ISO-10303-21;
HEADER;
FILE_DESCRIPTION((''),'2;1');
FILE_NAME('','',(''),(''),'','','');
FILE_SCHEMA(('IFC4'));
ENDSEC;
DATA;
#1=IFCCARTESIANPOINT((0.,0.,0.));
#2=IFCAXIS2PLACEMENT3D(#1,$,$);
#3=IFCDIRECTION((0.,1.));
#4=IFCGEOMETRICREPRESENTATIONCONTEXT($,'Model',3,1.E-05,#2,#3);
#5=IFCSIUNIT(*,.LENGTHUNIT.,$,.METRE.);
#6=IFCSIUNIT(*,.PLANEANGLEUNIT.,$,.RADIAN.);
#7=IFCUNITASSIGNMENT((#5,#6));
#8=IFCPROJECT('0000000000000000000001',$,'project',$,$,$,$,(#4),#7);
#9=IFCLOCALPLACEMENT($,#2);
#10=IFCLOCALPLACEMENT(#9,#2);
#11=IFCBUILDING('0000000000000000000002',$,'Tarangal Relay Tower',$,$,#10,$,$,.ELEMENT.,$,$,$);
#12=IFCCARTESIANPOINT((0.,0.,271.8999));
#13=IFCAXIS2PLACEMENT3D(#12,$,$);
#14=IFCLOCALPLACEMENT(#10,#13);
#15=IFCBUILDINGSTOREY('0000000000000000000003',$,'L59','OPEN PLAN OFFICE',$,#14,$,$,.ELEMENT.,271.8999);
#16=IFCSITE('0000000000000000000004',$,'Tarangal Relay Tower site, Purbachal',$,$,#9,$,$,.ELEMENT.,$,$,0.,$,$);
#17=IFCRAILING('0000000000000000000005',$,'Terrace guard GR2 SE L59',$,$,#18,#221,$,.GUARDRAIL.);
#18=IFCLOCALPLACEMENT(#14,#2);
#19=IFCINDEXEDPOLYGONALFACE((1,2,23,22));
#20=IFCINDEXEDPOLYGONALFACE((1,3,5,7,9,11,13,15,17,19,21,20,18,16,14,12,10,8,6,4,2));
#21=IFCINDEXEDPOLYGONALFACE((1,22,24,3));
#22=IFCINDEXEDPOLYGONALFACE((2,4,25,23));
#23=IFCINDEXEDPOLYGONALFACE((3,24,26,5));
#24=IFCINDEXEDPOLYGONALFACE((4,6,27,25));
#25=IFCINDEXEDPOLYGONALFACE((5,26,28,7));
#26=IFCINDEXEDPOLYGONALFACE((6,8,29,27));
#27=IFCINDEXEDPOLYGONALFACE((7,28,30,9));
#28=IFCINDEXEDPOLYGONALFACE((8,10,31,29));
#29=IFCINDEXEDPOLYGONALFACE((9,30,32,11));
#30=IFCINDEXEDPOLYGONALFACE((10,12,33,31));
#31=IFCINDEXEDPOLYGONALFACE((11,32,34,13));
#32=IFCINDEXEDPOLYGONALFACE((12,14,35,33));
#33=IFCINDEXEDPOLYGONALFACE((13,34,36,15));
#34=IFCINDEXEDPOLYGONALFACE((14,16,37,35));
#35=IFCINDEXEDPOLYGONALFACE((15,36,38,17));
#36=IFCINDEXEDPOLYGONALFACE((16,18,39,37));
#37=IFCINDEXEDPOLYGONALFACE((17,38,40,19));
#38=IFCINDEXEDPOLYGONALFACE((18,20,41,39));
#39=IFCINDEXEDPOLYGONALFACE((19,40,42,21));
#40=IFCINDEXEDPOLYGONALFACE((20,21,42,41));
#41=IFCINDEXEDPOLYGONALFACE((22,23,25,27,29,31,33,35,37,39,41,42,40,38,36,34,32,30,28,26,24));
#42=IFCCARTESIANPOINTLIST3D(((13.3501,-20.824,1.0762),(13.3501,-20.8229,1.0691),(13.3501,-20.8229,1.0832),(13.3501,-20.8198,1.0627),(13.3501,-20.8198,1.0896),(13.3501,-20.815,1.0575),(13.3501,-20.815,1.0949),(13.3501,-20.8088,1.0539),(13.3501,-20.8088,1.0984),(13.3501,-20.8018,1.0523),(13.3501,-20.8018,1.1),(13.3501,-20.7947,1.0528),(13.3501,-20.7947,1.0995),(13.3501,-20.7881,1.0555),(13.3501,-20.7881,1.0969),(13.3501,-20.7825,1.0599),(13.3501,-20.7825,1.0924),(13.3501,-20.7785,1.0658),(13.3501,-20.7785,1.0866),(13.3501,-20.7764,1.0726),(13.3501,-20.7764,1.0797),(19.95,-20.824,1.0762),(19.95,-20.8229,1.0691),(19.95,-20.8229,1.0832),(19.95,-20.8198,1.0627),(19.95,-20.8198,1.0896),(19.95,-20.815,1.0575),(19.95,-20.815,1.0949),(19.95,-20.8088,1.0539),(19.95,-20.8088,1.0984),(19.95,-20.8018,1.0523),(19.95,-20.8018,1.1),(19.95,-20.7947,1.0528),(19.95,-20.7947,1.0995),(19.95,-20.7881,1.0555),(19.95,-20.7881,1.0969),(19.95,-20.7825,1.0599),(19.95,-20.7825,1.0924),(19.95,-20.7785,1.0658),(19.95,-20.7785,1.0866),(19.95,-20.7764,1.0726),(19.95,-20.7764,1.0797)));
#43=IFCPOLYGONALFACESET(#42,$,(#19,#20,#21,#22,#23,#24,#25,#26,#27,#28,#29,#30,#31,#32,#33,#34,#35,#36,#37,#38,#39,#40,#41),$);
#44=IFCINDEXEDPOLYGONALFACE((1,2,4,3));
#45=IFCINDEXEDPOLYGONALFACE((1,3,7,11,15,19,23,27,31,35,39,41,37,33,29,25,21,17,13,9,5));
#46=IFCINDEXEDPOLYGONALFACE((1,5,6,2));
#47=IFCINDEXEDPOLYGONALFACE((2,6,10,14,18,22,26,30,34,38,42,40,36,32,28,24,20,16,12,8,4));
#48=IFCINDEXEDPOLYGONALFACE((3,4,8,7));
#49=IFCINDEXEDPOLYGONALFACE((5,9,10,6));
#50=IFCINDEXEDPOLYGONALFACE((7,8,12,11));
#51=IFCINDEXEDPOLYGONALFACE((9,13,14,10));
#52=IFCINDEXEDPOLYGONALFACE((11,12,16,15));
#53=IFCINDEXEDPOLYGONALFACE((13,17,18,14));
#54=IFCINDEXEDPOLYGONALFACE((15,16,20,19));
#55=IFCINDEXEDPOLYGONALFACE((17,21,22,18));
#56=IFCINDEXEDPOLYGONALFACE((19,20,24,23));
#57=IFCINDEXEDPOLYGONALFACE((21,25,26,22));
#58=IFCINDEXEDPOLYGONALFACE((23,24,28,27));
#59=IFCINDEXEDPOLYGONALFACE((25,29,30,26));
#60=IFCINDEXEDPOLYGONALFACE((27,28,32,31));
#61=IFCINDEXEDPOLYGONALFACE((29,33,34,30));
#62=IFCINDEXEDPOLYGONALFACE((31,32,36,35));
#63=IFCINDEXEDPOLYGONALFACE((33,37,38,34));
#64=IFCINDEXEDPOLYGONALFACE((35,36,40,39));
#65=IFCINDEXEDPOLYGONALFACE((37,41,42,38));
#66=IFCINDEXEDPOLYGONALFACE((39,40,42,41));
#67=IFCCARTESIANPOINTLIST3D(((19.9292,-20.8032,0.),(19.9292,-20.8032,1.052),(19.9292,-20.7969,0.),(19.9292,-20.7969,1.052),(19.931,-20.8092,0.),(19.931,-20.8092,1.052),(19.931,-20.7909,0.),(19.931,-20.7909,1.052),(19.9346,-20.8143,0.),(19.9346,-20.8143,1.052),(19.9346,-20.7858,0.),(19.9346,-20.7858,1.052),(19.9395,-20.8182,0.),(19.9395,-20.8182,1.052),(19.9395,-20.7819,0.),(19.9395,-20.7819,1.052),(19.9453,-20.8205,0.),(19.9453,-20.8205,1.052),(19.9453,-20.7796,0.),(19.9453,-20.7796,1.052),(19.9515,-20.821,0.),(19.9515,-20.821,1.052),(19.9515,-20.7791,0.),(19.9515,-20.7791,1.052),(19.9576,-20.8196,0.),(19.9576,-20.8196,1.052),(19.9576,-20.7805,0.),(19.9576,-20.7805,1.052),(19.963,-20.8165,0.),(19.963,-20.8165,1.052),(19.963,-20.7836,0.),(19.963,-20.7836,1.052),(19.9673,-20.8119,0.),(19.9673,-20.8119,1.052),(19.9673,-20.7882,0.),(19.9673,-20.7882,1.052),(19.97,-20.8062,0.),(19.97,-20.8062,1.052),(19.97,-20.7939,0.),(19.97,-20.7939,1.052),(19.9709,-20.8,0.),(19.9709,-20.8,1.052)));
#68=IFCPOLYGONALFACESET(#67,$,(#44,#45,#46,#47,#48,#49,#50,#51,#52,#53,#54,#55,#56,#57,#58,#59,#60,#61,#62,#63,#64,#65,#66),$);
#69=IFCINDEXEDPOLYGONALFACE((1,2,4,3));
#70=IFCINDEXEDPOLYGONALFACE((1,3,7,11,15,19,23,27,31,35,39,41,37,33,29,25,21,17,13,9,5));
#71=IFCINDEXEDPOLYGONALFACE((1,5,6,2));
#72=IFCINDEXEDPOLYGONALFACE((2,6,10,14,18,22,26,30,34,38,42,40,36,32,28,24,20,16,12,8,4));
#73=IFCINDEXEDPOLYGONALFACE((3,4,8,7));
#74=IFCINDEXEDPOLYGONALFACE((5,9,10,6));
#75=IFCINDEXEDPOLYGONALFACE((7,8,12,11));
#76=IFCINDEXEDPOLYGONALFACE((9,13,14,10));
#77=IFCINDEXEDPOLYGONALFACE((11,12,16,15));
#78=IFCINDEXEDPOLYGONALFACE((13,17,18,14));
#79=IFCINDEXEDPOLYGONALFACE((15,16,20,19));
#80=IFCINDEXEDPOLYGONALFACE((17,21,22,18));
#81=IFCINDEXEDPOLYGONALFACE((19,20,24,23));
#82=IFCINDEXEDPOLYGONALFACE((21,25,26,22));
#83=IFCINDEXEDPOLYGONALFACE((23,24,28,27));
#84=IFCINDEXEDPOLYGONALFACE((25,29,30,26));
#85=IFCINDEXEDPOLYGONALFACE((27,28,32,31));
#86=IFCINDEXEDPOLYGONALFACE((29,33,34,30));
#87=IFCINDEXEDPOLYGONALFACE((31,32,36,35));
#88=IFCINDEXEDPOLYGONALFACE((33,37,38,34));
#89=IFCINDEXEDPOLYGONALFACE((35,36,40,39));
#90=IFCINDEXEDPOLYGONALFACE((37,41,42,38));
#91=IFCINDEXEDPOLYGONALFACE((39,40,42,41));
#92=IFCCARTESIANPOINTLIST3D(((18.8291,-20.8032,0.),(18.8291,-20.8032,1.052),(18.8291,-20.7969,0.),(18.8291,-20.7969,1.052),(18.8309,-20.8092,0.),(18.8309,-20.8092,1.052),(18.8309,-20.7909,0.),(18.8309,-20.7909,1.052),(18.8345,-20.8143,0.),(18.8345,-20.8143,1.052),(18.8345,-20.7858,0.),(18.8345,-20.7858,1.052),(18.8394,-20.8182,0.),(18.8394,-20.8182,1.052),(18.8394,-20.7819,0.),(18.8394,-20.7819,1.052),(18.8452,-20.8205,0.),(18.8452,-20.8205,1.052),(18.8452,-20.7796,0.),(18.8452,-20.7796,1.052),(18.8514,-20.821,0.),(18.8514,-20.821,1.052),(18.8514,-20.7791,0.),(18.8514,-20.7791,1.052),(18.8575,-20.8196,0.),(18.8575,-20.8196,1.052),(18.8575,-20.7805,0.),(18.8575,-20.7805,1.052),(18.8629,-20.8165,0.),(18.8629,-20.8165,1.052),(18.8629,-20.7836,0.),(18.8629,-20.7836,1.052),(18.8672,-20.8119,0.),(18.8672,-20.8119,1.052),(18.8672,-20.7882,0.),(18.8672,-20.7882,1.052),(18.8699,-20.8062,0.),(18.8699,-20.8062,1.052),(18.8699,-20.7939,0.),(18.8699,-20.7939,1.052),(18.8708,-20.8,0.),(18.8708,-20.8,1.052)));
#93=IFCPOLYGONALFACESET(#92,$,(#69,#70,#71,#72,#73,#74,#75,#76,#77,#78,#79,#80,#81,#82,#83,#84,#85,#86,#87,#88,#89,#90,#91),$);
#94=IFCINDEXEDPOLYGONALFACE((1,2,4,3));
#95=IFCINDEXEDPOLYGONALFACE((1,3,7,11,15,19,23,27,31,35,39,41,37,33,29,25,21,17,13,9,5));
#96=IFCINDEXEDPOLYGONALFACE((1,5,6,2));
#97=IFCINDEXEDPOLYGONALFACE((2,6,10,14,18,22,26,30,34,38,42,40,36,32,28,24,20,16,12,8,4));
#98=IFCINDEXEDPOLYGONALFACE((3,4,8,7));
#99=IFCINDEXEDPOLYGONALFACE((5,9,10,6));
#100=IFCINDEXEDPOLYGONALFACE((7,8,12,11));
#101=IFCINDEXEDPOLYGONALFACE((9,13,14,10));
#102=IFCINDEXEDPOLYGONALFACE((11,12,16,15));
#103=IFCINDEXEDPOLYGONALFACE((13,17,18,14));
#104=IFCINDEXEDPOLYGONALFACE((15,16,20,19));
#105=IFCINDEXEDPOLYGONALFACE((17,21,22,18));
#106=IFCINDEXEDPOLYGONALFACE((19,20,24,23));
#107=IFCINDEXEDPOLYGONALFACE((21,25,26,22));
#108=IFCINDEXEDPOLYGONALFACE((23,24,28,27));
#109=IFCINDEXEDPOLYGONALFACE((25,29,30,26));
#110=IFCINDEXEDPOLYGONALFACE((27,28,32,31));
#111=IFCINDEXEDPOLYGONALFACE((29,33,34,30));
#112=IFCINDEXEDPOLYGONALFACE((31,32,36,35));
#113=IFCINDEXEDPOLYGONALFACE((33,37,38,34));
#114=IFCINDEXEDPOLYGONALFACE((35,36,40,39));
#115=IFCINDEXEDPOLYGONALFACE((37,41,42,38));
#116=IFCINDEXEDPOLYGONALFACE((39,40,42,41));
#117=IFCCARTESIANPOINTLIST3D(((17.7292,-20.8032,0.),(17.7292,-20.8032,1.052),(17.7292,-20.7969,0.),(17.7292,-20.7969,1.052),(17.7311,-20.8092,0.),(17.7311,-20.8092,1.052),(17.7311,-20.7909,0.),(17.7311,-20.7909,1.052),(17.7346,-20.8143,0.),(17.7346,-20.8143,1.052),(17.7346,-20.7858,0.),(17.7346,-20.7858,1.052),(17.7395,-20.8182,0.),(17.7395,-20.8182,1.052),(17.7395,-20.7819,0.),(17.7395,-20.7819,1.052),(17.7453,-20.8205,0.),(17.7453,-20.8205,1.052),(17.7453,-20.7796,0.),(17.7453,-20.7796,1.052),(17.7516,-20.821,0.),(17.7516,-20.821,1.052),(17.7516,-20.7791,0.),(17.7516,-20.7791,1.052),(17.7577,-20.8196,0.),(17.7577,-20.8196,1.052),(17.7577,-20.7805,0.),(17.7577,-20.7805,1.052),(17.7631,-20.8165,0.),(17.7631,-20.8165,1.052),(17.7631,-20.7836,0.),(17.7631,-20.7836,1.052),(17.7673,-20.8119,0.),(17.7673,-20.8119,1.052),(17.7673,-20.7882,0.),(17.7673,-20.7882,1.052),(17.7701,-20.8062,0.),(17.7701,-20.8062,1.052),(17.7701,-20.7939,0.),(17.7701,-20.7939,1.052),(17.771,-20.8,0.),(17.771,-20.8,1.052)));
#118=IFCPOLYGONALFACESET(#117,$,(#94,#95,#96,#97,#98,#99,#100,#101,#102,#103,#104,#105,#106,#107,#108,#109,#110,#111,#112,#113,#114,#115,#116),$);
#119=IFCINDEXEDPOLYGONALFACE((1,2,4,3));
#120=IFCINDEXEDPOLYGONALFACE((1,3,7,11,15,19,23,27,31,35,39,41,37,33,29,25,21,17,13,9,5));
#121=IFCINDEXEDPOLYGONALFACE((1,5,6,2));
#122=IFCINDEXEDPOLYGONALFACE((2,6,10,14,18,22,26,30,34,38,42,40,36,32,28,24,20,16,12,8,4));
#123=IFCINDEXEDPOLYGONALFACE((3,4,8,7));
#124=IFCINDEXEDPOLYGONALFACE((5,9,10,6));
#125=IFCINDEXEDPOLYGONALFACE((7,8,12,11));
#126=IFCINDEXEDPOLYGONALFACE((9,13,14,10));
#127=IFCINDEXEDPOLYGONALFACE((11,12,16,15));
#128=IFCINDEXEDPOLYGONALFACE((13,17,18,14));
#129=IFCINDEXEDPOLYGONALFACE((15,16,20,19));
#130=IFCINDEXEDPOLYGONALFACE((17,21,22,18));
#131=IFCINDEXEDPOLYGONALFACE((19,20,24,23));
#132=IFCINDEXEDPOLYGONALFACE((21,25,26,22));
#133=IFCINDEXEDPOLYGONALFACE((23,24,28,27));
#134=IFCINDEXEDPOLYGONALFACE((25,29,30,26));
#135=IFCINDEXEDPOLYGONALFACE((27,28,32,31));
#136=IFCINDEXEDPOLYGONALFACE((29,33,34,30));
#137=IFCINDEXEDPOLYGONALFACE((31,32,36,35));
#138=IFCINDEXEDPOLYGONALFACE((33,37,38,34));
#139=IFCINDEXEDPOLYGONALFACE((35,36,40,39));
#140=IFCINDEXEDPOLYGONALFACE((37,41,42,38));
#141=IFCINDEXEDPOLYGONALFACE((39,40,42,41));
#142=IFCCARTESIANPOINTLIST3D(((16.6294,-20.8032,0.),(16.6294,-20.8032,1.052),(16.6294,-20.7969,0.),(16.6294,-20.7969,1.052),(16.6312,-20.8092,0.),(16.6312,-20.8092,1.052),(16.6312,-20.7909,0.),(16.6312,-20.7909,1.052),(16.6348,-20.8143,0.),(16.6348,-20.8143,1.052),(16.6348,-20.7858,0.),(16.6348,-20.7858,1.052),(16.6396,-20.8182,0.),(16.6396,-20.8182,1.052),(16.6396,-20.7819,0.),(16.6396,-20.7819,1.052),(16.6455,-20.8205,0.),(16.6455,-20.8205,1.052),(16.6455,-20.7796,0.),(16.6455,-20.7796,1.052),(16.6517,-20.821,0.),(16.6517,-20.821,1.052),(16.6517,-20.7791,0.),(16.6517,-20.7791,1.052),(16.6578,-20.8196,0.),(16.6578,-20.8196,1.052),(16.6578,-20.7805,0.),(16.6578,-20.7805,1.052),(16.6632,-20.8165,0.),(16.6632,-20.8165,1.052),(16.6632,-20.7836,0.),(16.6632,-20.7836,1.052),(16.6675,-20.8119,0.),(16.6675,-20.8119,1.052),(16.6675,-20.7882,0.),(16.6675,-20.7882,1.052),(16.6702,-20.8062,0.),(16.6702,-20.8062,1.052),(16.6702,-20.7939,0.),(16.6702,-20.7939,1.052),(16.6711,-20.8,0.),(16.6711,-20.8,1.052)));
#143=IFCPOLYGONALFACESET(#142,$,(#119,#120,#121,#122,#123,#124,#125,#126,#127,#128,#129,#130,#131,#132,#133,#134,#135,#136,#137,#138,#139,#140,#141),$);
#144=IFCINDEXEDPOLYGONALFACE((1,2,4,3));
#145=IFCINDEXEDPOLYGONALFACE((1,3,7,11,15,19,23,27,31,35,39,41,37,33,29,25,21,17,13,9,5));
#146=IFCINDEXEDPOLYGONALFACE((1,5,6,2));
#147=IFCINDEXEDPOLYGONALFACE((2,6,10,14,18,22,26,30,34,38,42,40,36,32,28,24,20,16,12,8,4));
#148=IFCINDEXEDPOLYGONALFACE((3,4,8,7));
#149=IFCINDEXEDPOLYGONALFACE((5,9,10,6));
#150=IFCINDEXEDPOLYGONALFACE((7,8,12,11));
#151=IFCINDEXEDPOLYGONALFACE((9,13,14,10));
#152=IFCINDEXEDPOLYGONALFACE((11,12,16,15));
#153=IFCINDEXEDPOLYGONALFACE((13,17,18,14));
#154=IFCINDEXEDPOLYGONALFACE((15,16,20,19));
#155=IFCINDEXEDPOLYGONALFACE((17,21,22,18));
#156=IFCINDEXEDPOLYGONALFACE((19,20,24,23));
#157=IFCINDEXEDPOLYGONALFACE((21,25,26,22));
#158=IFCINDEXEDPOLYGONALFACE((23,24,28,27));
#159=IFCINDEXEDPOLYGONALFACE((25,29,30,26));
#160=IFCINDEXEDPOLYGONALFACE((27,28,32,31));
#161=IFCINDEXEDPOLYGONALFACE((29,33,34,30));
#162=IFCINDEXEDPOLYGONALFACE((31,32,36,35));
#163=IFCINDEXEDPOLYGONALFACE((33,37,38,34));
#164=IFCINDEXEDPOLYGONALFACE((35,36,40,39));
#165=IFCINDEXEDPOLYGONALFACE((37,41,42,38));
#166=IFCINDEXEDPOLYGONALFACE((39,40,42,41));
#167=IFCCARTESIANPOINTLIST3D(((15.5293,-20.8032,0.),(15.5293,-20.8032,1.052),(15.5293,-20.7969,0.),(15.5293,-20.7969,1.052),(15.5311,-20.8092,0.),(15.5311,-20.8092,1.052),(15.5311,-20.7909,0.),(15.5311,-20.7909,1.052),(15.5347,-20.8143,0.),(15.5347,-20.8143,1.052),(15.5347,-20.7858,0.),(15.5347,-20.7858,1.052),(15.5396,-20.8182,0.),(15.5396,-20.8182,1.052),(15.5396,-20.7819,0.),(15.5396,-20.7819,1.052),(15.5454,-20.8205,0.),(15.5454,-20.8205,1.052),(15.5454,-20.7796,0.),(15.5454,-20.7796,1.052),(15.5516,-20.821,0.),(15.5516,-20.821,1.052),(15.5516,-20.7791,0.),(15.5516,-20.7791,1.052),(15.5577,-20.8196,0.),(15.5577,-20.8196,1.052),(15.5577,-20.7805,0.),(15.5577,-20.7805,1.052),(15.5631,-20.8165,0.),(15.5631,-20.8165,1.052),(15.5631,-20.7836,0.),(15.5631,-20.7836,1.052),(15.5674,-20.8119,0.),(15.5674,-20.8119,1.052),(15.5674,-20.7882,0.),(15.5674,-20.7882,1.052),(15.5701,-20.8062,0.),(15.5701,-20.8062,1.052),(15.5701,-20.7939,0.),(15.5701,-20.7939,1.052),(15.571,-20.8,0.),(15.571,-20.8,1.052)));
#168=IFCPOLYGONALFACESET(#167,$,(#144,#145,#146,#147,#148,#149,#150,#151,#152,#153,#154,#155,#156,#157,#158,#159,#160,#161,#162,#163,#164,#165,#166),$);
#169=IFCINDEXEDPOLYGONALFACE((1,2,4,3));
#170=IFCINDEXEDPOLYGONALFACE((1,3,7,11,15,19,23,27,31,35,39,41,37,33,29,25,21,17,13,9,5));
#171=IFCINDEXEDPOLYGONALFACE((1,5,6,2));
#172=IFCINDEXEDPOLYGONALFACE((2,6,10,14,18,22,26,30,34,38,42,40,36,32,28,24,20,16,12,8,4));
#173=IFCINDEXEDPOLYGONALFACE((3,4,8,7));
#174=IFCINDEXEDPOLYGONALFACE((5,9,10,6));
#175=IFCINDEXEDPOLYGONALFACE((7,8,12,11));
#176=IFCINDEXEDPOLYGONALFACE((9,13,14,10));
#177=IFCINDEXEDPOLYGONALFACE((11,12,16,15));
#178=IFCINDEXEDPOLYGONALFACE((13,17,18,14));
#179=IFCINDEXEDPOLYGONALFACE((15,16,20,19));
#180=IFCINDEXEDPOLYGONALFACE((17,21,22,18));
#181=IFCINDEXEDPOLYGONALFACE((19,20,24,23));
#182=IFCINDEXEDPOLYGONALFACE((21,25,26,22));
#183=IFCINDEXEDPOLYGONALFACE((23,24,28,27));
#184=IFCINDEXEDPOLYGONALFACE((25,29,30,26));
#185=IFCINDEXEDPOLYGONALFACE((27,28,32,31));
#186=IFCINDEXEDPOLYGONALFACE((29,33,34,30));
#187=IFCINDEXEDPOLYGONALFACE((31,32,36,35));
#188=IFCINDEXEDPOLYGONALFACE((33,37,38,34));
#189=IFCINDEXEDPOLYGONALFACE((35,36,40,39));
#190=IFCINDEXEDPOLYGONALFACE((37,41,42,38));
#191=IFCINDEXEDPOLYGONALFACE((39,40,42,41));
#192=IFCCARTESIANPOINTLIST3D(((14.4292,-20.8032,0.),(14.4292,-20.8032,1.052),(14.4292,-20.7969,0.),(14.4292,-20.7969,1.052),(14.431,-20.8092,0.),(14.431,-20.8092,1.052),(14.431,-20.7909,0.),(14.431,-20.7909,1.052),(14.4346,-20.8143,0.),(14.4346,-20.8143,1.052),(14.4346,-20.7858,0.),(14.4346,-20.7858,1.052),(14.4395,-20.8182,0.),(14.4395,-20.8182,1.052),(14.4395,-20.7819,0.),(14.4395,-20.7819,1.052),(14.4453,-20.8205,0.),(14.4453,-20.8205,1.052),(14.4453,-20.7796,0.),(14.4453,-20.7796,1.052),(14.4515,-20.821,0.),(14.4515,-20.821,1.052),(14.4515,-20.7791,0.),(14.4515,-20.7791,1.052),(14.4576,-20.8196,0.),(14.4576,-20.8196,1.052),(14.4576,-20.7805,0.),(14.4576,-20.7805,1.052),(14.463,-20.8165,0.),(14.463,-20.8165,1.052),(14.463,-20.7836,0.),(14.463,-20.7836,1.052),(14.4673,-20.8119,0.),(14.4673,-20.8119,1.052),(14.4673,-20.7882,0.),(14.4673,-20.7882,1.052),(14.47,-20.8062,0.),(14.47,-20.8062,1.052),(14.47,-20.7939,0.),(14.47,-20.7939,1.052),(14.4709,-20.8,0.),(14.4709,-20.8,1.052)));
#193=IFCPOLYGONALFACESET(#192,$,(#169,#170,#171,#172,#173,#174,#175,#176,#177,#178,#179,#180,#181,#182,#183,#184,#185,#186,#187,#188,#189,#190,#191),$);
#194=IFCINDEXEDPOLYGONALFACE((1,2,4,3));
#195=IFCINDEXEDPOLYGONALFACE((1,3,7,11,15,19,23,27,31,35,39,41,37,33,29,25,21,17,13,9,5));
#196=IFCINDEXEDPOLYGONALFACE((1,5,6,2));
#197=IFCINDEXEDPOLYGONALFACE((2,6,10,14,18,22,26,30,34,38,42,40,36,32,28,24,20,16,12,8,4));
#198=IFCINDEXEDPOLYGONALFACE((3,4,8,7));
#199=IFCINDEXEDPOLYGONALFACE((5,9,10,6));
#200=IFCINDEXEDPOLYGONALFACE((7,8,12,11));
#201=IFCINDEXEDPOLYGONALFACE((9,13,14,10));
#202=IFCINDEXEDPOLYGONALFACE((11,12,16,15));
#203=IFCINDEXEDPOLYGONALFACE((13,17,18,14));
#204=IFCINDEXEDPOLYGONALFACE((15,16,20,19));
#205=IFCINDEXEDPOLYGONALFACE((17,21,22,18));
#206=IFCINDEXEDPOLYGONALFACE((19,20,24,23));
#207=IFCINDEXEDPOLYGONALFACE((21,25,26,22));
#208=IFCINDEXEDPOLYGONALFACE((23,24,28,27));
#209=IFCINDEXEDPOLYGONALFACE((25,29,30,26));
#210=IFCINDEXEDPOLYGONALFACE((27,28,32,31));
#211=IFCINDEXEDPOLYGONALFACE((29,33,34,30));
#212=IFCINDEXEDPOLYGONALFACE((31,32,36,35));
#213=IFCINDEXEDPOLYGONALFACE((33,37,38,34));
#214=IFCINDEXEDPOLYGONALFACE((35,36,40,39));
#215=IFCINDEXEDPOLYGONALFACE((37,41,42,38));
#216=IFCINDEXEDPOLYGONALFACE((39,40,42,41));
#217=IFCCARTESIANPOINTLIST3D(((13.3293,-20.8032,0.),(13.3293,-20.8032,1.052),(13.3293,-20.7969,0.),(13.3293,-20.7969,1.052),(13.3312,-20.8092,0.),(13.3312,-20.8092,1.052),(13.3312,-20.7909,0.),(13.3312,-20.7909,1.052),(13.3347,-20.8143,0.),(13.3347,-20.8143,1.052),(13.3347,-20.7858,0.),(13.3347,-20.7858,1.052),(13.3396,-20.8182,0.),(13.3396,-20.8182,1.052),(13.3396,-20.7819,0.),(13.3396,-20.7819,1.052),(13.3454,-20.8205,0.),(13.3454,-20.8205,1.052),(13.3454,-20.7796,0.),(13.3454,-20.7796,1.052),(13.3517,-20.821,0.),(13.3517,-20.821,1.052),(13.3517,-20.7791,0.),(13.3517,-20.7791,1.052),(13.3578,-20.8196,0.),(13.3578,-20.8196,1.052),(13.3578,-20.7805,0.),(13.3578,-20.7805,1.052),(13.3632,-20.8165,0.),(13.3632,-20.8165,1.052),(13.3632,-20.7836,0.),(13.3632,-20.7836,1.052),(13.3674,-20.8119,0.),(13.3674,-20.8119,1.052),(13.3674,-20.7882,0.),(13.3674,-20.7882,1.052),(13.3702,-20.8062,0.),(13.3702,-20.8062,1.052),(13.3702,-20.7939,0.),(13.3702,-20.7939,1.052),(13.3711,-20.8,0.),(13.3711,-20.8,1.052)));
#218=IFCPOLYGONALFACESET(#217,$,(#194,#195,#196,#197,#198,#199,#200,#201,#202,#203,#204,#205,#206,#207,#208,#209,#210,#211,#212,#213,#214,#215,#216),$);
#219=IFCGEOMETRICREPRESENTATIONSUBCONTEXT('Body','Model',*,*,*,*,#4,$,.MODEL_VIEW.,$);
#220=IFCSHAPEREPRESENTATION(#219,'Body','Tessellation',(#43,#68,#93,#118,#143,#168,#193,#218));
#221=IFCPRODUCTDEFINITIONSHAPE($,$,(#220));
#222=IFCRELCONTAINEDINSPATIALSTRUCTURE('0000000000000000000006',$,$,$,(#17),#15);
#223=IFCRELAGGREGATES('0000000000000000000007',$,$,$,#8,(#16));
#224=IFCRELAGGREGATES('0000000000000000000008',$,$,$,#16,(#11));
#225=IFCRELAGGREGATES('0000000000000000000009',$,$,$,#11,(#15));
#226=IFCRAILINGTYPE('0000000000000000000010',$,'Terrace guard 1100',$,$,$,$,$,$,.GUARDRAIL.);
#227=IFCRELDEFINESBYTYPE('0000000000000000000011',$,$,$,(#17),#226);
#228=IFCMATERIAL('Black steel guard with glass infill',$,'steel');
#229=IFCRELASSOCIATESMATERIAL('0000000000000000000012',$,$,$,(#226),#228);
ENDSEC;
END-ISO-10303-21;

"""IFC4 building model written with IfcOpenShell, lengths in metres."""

from ifc_helpers import new_model, si_unit, direction, frame, origin, origin_2d, place, context, subcontext, project, spatial, circle, extrude, material, type_object, element, save


model = new_model("IFC4")

# Units and contexts
model_context = context("Model", 3, precision=1e-05, world=origin(), true_north=direction((0.0, 1.0)))
body_context = subcontext(model_context, "Body", "Model", "MODEL_VIEW")
ifc_project = project(units=[si_unit("LENGTHUNIT", "METRE"), si_unit("PLANEANGLEUNIT", "RADIAN")], contexts=[model_context])

# Site, building, storey
site_placement = place(None, origin())
site = spatial("IfcSite", under=ifc_project, at=site_placement, Name="Tarangal Relay Tower site, Purbachal", CompositionType="ELEMENT", RefElevation=0.0)
building_placement = place(site_placement, origin())
building = spatial("IfcBuilding", under=site, at=building_placement, Name="Tarangal Relay Tower", CompositionType="ELEMENT")
storey_placement = place(building_placement, frame((0.0, 0.0, 271.8999)))
storey = spatial("IfcBuildingStorey", under=building, at=storey_placement, Name="L59", Description="OPEN PLAN OFFICE", CompositionType="ELEMENT", Elevation=271.8999)

# Railing
ifc_material_1 = material(Name="Black steel guard with glass infill", Category="steel")
railing_type = type_object("IfcRailingType", Name="Terrace guard 1100", PredefinedType="GUARDRAIL", material=ifc_material_1)
railing_1_placement = place(storey_placement, frame((19.95, -20.8, 0.0)))
element("IfcRailing", 1, at=railing_1_placement, inside=storey, type_object=railing_type, Name="Terrace guard GR2 SE L59", PredefinedType="GUARDRAIL", context=body_context, shape_type="SweptSolid", body=[
    extrude(circle(Radius=0.0239, at=origin_2d()), frame((0.0, 0.0, 1.0762), z_axis=(-1.0, 0.0, 0.0), x_axis=(0.0, -1.0, 0.0)), (0.0, 0.0, 1.0), 6.5999),
    extrude(circle(Radius=0.021, at=origin_2d()), origin(), (0.0, 0.0, 1.0), 1.052),
    extrude(circle(Radius=0.021, at=origin_2d()), frame((-1.1001, 0.0, 0.0)), (0.0, 0.0, 1.0), 1.052),
    extrude(circle(Radius=0.021, at=origin_2d()), frame((-2.2, 0.0, 0.0)), (0.0, 0.0, 1.0), 1.052),
    extrude(circle(Radius=0.021, at=origin_2d()), frame((-3.2998, 0.0, 0.0)), (0.0, 0.0, 1.0), 1.052),
    extrude(circle(Radius=0.021, at=origin_2d()), frame((-4.3999, 0.0, 0.0)), (0.0, 0.0, 1.0), 1.052),
    extrude(circle(Radius=0.021, at=origin_2d()), frame((-5.5, 0.0, 0.0)), (0.0, 0.0, 1.0), 1.052),
    extrude(circle(Radius=0.021, at=origin_2d()), frame((-6.5999, 0.0, 0.0)), (0.0, 0.0, 1.0), 1.052),
])

save(model, "model.ifc")
